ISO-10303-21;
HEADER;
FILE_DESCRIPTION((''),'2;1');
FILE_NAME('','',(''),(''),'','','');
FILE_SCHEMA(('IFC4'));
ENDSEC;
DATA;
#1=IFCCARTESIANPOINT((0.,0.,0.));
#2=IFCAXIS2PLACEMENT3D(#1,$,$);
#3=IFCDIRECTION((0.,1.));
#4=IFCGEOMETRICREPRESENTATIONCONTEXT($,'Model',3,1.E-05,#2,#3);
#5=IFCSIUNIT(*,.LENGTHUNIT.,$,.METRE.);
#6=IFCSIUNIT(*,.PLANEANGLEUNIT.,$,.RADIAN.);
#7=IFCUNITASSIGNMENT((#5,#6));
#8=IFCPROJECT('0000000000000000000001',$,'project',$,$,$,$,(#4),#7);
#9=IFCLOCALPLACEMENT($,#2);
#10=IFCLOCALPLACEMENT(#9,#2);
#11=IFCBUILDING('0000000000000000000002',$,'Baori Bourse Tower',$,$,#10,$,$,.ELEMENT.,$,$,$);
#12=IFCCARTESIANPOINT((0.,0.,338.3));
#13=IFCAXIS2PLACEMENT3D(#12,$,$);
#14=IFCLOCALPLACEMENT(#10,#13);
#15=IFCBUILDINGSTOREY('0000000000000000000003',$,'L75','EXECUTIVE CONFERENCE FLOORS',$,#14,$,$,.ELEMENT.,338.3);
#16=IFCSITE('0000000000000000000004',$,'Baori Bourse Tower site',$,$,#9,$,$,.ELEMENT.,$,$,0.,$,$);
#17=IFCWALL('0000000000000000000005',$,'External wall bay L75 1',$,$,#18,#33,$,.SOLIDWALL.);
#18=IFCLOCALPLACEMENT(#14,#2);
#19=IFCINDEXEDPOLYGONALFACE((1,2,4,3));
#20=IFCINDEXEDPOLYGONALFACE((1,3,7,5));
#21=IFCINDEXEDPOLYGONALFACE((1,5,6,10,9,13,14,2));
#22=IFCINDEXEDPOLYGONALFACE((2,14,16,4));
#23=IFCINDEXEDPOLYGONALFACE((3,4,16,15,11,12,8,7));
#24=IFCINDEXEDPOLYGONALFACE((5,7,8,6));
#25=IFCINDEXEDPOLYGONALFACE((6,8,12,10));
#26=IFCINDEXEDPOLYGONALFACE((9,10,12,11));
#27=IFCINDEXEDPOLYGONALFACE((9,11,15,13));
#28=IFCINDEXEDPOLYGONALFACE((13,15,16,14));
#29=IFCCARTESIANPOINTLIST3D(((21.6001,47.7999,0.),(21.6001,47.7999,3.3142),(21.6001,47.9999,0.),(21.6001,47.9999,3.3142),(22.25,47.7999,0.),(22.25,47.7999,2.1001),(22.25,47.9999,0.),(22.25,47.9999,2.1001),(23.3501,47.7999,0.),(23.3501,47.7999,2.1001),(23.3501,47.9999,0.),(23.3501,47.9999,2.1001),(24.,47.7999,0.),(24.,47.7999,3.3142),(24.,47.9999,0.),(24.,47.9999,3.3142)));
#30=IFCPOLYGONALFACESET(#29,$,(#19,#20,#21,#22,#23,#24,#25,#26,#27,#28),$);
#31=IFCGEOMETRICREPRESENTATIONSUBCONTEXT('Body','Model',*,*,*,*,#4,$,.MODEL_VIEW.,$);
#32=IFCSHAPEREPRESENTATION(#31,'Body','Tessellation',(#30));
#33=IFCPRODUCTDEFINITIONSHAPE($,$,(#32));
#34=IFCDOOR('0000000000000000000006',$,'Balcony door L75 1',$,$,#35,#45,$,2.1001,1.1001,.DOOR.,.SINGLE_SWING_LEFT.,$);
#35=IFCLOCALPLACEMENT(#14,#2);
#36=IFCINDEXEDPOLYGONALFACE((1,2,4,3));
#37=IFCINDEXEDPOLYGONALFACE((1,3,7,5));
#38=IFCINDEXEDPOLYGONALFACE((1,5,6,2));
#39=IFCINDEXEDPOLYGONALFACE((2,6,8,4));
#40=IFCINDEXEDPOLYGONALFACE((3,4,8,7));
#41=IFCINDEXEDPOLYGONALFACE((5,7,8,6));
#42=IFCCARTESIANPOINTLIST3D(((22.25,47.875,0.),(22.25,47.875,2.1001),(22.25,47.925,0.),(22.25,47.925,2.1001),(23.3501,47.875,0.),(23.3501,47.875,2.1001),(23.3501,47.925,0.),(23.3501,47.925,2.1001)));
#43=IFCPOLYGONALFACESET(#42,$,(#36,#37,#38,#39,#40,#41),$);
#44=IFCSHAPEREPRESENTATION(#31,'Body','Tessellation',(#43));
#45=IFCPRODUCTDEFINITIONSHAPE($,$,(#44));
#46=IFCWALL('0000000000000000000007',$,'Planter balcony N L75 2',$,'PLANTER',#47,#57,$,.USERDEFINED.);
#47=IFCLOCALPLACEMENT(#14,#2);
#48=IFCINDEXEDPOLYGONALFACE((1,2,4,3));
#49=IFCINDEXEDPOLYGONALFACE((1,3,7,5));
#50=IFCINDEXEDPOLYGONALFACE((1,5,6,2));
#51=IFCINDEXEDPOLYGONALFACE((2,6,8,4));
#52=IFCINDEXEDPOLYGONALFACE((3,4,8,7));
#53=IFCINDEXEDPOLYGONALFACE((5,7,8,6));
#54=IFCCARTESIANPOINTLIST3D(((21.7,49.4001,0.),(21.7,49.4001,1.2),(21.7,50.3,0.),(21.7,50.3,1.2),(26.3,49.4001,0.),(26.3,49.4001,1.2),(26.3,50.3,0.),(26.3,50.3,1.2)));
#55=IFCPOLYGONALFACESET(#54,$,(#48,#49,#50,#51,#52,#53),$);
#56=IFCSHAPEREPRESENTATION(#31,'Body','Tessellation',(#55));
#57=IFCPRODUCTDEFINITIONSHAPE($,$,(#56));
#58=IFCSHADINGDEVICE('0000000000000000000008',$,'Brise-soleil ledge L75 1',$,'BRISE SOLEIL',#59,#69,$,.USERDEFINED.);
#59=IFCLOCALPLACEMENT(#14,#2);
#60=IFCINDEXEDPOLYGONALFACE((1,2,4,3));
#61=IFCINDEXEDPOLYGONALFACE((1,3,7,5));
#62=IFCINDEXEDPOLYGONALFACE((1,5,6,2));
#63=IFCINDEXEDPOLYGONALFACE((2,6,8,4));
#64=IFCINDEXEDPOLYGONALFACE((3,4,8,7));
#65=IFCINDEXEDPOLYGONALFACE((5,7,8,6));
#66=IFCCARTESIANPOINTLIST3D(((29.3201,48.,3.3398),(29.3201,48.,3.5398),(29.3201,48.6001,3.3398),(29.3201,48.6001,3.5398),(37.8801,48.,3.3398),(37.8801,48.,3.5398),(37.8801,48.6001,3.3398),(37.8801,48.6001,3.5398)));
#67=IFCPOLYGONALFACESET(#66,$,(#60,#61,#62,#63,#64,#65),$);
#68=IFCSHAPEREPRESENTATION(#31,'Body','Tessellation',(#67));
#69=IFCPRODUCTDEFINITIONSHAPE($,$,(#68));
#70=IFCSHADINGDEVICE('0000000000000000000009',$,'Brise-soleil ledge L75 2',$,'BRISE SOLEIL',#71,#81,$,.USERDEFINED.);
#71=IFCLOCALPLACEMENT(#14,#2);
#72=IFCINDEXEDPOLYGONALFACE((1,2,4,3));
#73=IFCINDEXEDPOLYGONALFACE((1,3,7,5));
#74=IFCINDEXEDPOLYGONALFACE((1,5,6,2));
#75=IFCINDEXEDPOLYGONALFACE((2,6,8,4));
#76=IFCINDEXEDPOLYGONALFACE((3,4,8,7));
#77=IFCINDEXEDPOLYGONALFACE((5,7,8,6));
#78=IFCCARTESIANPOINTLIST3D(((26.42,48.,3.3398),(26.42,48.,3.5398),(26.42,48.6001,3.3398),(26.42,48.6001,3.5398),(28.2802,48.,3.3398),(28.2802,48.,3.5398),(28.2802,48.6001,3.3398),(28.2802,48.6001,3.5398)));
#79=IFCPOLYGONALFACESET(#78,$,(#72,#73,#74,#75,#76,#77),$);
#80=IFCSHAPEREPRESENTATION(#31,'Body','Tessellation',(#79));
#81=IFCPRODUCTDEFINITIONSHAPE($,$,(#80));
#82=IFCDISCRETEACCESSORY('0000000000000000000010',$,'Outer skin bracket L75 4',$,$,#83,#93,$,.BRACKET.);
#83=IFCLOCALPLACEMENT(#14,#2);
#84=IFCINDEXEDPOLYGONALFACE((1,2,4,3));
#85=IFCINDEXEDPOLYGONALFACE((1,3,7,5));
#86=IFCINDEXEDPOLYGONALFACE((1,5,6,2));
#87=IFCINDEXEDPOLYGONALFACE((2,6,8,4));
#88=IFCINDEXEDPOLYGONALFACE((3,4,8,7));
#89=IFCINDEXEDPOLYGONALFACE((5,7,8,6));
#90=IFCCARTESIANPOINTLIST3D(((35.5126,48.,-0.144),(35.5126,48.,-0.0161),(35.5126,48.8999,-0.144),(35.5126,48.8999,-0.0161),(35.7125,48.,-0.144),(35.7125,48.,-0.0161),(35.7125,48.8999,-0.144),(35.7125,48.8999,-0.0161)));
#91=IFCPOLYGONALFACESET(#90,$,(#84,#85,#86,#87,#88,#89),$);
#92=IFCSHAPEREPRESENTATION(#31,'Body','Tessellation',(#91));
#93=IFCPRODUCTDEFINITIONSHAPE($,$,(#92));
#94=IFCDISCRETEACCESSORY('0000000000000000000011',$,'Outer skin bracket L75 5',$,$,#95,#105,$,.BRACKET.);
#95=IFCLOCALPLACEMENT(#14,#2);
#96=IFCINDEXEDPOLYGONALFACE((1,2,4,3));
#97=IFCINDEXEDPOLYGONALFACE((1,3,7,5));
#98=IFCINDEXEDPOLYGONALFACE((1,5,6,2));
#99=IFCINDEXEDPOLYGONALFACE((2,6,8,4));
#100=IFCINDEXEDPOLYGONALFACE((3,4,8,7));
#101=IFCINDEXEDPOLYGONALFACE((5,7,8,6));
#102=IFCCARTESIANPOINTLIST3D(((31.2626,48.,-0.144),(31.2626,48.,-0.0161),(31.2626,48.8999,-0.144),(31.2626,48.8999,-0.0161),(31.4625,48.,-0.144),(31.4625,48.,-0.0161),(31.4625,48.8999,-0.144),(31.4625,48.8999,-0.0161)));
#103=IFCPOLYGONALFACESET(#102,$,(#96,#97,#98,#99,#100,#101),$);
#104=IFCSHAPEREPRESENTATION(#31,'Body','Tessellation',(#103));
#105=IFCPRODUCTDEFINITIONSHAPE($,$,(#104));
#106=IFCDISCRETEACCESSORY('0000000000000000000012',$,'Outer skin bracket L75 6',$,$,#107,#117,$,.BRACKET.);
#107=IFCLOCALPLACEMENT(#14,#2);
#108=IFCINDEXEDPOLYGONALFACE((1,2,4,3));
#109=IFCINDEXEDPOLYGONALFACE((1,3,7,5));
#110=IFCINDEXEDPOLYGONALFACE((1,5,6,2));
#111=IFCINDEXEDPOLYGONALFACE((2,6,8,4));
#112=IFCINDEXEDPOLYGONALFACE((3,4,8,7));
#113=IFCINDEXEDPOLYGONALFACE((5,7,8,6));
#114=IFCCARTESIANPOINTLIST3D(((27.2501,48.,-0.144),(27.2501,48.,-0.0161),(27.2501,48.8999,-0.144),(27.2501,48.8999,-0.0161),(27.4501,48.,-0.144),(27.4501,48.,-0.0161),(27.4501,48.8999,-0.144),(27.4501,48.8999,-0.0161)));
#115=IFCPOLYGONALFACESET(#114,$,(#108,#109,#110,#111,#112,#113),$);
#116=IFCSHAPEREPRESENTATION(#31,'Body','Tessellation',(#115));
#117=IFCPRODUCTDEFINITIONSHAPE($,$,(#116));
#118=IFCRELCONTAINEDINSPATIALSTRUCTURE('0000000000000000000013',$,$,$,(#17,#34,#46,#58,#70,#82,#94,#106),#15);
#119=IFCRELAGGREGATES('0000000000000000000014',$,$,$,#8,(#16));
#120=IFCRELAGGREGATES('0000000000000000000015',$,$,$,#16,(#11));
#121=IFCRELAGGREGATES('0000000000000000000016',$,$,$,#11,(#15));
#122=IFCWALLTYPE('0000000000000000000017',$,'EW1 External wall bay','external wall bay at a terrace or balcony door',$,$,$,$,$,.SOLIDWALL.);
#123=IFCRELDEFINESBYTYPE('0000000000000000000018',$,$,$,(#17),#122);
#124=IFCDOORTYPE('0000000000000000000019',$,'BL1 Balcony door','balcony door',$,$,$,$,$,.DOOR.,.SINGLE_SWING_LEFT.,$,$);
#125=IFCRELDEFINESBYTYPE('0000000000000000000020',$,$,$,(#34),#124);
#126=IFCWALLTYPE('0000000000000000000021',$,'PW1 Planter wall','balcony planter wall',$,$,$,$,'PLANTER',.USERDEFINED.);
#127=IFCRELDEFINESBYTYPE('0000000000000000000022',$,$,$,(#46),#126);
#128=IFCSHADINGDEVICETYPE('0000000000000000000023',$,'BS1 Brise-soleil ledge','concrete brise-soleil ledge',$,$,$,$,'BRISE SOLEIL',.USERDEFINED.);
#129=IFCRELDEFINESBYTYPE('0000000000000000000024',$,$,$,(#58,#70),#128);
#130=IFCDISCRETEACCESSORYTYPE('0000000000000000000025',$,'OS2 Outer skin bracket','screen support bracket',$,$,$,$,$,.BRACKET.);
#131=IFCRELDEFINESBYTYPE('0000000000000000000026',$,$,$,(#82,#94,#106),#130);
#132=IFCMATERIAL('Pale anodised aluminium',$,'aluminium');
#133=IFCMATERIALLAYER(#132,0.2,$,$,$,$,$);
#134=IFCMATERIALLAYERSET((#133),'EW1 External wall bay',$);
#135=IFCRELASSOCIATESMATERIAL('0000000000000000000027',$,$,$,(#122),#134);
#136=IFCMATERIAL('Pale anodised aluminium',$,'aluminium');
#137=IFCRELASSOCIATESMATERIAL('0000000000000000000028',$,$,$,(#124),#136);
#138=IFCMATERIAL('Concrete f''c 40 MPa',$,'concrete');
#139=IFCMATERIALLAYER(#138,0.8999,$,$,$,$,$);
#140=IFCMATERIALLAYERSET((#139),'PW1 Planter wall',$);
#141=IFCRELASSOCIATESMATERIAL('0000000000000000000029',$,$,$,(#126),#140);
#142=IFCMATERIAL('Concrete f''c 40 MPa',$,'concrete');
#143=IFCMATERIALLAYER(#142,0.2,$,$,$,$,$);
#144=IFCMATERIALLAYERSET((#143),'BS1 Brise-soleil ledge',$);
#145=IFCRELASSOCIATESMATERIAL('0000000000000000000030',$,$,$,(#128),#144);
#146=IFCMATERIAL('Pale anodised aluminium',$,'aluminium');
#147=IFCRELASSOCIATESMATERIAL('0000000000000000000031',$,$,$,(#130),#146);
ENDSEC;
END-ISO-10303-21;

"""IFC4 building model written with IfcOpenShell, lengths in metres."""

from ifc_helpers import new_model, si_unit, direction, frame, frame_2d, origin, origin_2d, place, context, subcontext, project, spatial, rectangle, extrude, material, layer, layer_set, type_object, element, fill, save


model = new_model("IFC4")

# Units and contexts
model_context = context("Model", 3, precision=1e-05, world=origin(), true_north=direction((0.0, 1.0)))
body_context = subcontext(model_context, "Body", "Model", "MODEL_VIEW")
ifc_project = project(units=[si_unit("LENGTHUNIT", "METRE"), si_unit("PLANEANGLEUNIT", "RADIAN")], contexts=[model_context])

# Site, building, storey
site_placement = place(None, origin())
site = spatial("IfcSite", under=ifc_project, at=site_placement, Name="Baori Bourse Tower site", CompositionType="ELEMENT", RefElevation=0.0)
building_placement = place(site_placement, origin())
building = spatial("IfcBuilding", under=site, at=building_placement, Name="Baori Bourse Tower", CompositionType="ELEMENT")
storey_placement = place(building_placement, frame((0.0, 0.0, 338.3)))
storey = spatial("IfcBuildingStorey", under=building, at=storey_placement, Name="L75", Description="EXECUTIVE CONFERENCE FLOORS", CompositionType="ELEMENT", Elevation=338.3)

# Wall, opening, door
ifc_material_1 = material(Name="Pale anodised aluminium", Category="aluminium")
ifc_layer_1 = layer(ifc_material_1, 0.2)
ifc_layer_set_1 = layer_set([ifc_layer_1], Name="EW1 External wall bay")
wall_type_1 = type_object("IfcWallType", Name="EW1 External wall bay", Description="external wall bay at a terrace or balcony door", PredefinedType="SOLIDWALL", material=ifc_layer_set_1)
wall_1_placement = place(storey_placement, frame((24.0, 47.8999, 0.0), z_axis=(0.0, 0.0, 1.0), x_axis=(-1.0, 0.0, 0.0)))
wall_1 = element("IfcWall", 1, at=wall_1_placement, inside=storey, type_object=wall_type_1, Name="External wall bay L75 1", PredefinedType="SOLIDWALL", context=body_context, shape_type="SweptSolid", body=[
    extrude(rectangle(XDim=2.3999, YDim=0.2, at=frame_2d((1.2, 0.0))), origin(), (0.0, 0.0, 1.0), 3.3142),
])
opening_placement = place(wall_1_placement, frame((0.6499, 0.0, 0.0)))
opening = element("IfcOpeningElement", 2, at=opening_placement, cuts=wall_1, PredefinedType="OPENING", context=body_context, shape_type="SweptSolid", body=[
    extrude(rectangle(XDim=1.1001, YDim=2.1001, at=frame_2d((0.55, 1.05))), frame((0.0, 0.1099, 0.0), z_axis=(0.0, -1.0, 0.0), x_axis=(1.0, 0.0, 0.0)), (0.0, 0.0, 1.0), 0.22),
])
ifc_material_2 = material(Name="Pale anodised aluminium", Category="aluminium")
door_type = type_object("IfcDoorType", Name="BL1 Balcony door", Description="balcony door", OperationType="SINGLE_SWING_LEFT", PredefinedType="DOOR", material=ifc_material_2)
door_placement = place(opening_placement, origin())
door = element("IfcDoor", 3, at=door_placement, inside=storey, type_object=door_type, Name="Balcony door L75 1", OperationType="SINGLE_SWING_LEFT", OverallHeight=2.1001, OverallWidth=1.1001, PredefinedType="DOOR", context=body_context, shape_type="SweptSolid", body=[
    extrude(rectangle(XDim=1.1001, YDim=2.1001, at=frame_2d((0.55, 1.05))), frame((0.0, 0.0249, 0.0), z_axis=(0.0, -1.0, 0.0), x_axis=(1.0, 0.0, 0.0)), (0.0, 0.0, 1.0), 0.05),
])
fill(opening, door)

# Wall
ifc_material_3 = material(Name="Concrete f'c 40 MPa", Category="concrete")
ifc_layer_2 = layer(ifc_material_3, 0.8999)
ifc_layer_set_2 = layer_set([ifc_layer_2], Name="PW1 Planter wall")
wall_type_2 = type_object("IfcWallType", Name="PW1 Planter wall", Description="balcony planter wall", ElementType="PLANTER", PredefinedType="USERDEFINED", material=ifc_layer_set_2)
wall_2_placement = place(storey_placement, frame((21.7, 49.8501, 0.0), z_axis=(0.0, 0.0, 1.0), x_axis=(1.0, 0.0, 0.0)))
element("IfcWall", 4, at=wall_2_placement, inside=storey, type_object=wall_type_2, Name="Planter balcony N L75 2", ObjectType="PLANTER", PredefinedType="USERDEFINED", context=body_context, shape_type="SweptSolid", body=[
    extrude(rectangle(XDim=4.6001, YDim=0.8999, at=frame_2d((2.3, 0.0))), origin(), (0.0, 0.0, 1.0), 1.2),
])

# Shading devices
ifc_material_4 = material(Name="Concrete f'c 40 MPa", Category="concrete")
ifc_layer_3 = layer(ifc_material_4, 0.2)
ifc_layer_set_3 = layer_set([ifc_layer_3], Name="BS1 Brise-soleil ledge")
shading_device_type = type_object("IfcShadingDeviceType", Name="BS1 Brise-soleil ledge", Description="concrete brise-soleil ledge", ElementType="BRISE SOLEIL", PredefinedType="USERDEFINED", material=ifc_layer_set_3)
shading_device_1_placement = place(storey_placement, frame((33.6001, 48.3, 3.3398), z_axis=(0.0, 0.0, 1.0), x_axis=(-1.0, 0.0, 0.0)))
element("IfcShadingDevice", 5, at=shading_device_1_placement, inside=storey, type_object=shading_device_type, Name="Brise-soleil ledge L75 1", ObjectType="BRISE SOLEIL", PredefinedType="USERDEFINED", context=body_context, shape_type="SweptSolid", body=[
    extrude(rectangle(XDim=8.5601, YDim=0.6001, at=origin_2d()), origin(), (0.0, 0.0, 1.0), 0.2),
])
shading_device_2_placement = place(storey_placement, frame((27.3501, 48.3, 3.3398), z_axis=(0.0, 0.0, 1.0), x_axis=(-1.0, 0.0, 0.0)))
element("IfcShadingDevice", 6, at=shading_device_2_placement, inside=storey, type_object=shading_device_type, Name="Brise-soleil ledge L75 2", ObjectType="BRISE SOLEIL", PredefinedType="USERDEFINED", context=body_context, shape_type="SweptSolid", body=[
    extrude(rectangle(XDim=1.8601, YDim=0.6001, at=origin_2d()), origin(), (0.0, 0.0, 1.0), 0.2),
])

# Discrete accessories
ifc_material_5 = material(Name="Pale anodised aluminium", Category="aluminium")
discrete_accessory_type = type_object("IfcDiscreteAccessoryType", Name="OS2 Outer skin bracket", Description="screen support bracket", PredefinedType="BRACKET", material=ifc_material_5)
for number, where, z_axis, x_axis, name in (
    (7, (35.6125, 48.45, -0.144), (0.0, 0.0, 1.0), (-1.0, 0.0, 0.0), "Outer skin bracket L75 4"),
    (8, (31.3625, 48.45, -0.144), (0.0, 0.0, 1.0), (-1.0, 0.0, 0.0), "Outer skin bracket L75 5"),
    (9, (27.3501, 48.45, -0.144), (0.0, 0.0, 1.0), (-1.0, 0.0, 0.0), "Outer skin bracket L75 6"),
):
    element("IfcDiscreteAccessory", number, at=place(storey_placement, frame(where, z_axis=z_axis, x_axis=x_axis)), inside=storey, type_object=discrete_accessory_type, Name=name, PredefinedType="BRACKET", context=body_context, shape_type="SweptSolid", body=[
        extrude(rectangle(XDim=0.2, YDim=0.8999, at=origin_2d()), origin(), (0.0, 0.0, 1.0), 0.1279),
    ])

save(model, "model.ifc")
